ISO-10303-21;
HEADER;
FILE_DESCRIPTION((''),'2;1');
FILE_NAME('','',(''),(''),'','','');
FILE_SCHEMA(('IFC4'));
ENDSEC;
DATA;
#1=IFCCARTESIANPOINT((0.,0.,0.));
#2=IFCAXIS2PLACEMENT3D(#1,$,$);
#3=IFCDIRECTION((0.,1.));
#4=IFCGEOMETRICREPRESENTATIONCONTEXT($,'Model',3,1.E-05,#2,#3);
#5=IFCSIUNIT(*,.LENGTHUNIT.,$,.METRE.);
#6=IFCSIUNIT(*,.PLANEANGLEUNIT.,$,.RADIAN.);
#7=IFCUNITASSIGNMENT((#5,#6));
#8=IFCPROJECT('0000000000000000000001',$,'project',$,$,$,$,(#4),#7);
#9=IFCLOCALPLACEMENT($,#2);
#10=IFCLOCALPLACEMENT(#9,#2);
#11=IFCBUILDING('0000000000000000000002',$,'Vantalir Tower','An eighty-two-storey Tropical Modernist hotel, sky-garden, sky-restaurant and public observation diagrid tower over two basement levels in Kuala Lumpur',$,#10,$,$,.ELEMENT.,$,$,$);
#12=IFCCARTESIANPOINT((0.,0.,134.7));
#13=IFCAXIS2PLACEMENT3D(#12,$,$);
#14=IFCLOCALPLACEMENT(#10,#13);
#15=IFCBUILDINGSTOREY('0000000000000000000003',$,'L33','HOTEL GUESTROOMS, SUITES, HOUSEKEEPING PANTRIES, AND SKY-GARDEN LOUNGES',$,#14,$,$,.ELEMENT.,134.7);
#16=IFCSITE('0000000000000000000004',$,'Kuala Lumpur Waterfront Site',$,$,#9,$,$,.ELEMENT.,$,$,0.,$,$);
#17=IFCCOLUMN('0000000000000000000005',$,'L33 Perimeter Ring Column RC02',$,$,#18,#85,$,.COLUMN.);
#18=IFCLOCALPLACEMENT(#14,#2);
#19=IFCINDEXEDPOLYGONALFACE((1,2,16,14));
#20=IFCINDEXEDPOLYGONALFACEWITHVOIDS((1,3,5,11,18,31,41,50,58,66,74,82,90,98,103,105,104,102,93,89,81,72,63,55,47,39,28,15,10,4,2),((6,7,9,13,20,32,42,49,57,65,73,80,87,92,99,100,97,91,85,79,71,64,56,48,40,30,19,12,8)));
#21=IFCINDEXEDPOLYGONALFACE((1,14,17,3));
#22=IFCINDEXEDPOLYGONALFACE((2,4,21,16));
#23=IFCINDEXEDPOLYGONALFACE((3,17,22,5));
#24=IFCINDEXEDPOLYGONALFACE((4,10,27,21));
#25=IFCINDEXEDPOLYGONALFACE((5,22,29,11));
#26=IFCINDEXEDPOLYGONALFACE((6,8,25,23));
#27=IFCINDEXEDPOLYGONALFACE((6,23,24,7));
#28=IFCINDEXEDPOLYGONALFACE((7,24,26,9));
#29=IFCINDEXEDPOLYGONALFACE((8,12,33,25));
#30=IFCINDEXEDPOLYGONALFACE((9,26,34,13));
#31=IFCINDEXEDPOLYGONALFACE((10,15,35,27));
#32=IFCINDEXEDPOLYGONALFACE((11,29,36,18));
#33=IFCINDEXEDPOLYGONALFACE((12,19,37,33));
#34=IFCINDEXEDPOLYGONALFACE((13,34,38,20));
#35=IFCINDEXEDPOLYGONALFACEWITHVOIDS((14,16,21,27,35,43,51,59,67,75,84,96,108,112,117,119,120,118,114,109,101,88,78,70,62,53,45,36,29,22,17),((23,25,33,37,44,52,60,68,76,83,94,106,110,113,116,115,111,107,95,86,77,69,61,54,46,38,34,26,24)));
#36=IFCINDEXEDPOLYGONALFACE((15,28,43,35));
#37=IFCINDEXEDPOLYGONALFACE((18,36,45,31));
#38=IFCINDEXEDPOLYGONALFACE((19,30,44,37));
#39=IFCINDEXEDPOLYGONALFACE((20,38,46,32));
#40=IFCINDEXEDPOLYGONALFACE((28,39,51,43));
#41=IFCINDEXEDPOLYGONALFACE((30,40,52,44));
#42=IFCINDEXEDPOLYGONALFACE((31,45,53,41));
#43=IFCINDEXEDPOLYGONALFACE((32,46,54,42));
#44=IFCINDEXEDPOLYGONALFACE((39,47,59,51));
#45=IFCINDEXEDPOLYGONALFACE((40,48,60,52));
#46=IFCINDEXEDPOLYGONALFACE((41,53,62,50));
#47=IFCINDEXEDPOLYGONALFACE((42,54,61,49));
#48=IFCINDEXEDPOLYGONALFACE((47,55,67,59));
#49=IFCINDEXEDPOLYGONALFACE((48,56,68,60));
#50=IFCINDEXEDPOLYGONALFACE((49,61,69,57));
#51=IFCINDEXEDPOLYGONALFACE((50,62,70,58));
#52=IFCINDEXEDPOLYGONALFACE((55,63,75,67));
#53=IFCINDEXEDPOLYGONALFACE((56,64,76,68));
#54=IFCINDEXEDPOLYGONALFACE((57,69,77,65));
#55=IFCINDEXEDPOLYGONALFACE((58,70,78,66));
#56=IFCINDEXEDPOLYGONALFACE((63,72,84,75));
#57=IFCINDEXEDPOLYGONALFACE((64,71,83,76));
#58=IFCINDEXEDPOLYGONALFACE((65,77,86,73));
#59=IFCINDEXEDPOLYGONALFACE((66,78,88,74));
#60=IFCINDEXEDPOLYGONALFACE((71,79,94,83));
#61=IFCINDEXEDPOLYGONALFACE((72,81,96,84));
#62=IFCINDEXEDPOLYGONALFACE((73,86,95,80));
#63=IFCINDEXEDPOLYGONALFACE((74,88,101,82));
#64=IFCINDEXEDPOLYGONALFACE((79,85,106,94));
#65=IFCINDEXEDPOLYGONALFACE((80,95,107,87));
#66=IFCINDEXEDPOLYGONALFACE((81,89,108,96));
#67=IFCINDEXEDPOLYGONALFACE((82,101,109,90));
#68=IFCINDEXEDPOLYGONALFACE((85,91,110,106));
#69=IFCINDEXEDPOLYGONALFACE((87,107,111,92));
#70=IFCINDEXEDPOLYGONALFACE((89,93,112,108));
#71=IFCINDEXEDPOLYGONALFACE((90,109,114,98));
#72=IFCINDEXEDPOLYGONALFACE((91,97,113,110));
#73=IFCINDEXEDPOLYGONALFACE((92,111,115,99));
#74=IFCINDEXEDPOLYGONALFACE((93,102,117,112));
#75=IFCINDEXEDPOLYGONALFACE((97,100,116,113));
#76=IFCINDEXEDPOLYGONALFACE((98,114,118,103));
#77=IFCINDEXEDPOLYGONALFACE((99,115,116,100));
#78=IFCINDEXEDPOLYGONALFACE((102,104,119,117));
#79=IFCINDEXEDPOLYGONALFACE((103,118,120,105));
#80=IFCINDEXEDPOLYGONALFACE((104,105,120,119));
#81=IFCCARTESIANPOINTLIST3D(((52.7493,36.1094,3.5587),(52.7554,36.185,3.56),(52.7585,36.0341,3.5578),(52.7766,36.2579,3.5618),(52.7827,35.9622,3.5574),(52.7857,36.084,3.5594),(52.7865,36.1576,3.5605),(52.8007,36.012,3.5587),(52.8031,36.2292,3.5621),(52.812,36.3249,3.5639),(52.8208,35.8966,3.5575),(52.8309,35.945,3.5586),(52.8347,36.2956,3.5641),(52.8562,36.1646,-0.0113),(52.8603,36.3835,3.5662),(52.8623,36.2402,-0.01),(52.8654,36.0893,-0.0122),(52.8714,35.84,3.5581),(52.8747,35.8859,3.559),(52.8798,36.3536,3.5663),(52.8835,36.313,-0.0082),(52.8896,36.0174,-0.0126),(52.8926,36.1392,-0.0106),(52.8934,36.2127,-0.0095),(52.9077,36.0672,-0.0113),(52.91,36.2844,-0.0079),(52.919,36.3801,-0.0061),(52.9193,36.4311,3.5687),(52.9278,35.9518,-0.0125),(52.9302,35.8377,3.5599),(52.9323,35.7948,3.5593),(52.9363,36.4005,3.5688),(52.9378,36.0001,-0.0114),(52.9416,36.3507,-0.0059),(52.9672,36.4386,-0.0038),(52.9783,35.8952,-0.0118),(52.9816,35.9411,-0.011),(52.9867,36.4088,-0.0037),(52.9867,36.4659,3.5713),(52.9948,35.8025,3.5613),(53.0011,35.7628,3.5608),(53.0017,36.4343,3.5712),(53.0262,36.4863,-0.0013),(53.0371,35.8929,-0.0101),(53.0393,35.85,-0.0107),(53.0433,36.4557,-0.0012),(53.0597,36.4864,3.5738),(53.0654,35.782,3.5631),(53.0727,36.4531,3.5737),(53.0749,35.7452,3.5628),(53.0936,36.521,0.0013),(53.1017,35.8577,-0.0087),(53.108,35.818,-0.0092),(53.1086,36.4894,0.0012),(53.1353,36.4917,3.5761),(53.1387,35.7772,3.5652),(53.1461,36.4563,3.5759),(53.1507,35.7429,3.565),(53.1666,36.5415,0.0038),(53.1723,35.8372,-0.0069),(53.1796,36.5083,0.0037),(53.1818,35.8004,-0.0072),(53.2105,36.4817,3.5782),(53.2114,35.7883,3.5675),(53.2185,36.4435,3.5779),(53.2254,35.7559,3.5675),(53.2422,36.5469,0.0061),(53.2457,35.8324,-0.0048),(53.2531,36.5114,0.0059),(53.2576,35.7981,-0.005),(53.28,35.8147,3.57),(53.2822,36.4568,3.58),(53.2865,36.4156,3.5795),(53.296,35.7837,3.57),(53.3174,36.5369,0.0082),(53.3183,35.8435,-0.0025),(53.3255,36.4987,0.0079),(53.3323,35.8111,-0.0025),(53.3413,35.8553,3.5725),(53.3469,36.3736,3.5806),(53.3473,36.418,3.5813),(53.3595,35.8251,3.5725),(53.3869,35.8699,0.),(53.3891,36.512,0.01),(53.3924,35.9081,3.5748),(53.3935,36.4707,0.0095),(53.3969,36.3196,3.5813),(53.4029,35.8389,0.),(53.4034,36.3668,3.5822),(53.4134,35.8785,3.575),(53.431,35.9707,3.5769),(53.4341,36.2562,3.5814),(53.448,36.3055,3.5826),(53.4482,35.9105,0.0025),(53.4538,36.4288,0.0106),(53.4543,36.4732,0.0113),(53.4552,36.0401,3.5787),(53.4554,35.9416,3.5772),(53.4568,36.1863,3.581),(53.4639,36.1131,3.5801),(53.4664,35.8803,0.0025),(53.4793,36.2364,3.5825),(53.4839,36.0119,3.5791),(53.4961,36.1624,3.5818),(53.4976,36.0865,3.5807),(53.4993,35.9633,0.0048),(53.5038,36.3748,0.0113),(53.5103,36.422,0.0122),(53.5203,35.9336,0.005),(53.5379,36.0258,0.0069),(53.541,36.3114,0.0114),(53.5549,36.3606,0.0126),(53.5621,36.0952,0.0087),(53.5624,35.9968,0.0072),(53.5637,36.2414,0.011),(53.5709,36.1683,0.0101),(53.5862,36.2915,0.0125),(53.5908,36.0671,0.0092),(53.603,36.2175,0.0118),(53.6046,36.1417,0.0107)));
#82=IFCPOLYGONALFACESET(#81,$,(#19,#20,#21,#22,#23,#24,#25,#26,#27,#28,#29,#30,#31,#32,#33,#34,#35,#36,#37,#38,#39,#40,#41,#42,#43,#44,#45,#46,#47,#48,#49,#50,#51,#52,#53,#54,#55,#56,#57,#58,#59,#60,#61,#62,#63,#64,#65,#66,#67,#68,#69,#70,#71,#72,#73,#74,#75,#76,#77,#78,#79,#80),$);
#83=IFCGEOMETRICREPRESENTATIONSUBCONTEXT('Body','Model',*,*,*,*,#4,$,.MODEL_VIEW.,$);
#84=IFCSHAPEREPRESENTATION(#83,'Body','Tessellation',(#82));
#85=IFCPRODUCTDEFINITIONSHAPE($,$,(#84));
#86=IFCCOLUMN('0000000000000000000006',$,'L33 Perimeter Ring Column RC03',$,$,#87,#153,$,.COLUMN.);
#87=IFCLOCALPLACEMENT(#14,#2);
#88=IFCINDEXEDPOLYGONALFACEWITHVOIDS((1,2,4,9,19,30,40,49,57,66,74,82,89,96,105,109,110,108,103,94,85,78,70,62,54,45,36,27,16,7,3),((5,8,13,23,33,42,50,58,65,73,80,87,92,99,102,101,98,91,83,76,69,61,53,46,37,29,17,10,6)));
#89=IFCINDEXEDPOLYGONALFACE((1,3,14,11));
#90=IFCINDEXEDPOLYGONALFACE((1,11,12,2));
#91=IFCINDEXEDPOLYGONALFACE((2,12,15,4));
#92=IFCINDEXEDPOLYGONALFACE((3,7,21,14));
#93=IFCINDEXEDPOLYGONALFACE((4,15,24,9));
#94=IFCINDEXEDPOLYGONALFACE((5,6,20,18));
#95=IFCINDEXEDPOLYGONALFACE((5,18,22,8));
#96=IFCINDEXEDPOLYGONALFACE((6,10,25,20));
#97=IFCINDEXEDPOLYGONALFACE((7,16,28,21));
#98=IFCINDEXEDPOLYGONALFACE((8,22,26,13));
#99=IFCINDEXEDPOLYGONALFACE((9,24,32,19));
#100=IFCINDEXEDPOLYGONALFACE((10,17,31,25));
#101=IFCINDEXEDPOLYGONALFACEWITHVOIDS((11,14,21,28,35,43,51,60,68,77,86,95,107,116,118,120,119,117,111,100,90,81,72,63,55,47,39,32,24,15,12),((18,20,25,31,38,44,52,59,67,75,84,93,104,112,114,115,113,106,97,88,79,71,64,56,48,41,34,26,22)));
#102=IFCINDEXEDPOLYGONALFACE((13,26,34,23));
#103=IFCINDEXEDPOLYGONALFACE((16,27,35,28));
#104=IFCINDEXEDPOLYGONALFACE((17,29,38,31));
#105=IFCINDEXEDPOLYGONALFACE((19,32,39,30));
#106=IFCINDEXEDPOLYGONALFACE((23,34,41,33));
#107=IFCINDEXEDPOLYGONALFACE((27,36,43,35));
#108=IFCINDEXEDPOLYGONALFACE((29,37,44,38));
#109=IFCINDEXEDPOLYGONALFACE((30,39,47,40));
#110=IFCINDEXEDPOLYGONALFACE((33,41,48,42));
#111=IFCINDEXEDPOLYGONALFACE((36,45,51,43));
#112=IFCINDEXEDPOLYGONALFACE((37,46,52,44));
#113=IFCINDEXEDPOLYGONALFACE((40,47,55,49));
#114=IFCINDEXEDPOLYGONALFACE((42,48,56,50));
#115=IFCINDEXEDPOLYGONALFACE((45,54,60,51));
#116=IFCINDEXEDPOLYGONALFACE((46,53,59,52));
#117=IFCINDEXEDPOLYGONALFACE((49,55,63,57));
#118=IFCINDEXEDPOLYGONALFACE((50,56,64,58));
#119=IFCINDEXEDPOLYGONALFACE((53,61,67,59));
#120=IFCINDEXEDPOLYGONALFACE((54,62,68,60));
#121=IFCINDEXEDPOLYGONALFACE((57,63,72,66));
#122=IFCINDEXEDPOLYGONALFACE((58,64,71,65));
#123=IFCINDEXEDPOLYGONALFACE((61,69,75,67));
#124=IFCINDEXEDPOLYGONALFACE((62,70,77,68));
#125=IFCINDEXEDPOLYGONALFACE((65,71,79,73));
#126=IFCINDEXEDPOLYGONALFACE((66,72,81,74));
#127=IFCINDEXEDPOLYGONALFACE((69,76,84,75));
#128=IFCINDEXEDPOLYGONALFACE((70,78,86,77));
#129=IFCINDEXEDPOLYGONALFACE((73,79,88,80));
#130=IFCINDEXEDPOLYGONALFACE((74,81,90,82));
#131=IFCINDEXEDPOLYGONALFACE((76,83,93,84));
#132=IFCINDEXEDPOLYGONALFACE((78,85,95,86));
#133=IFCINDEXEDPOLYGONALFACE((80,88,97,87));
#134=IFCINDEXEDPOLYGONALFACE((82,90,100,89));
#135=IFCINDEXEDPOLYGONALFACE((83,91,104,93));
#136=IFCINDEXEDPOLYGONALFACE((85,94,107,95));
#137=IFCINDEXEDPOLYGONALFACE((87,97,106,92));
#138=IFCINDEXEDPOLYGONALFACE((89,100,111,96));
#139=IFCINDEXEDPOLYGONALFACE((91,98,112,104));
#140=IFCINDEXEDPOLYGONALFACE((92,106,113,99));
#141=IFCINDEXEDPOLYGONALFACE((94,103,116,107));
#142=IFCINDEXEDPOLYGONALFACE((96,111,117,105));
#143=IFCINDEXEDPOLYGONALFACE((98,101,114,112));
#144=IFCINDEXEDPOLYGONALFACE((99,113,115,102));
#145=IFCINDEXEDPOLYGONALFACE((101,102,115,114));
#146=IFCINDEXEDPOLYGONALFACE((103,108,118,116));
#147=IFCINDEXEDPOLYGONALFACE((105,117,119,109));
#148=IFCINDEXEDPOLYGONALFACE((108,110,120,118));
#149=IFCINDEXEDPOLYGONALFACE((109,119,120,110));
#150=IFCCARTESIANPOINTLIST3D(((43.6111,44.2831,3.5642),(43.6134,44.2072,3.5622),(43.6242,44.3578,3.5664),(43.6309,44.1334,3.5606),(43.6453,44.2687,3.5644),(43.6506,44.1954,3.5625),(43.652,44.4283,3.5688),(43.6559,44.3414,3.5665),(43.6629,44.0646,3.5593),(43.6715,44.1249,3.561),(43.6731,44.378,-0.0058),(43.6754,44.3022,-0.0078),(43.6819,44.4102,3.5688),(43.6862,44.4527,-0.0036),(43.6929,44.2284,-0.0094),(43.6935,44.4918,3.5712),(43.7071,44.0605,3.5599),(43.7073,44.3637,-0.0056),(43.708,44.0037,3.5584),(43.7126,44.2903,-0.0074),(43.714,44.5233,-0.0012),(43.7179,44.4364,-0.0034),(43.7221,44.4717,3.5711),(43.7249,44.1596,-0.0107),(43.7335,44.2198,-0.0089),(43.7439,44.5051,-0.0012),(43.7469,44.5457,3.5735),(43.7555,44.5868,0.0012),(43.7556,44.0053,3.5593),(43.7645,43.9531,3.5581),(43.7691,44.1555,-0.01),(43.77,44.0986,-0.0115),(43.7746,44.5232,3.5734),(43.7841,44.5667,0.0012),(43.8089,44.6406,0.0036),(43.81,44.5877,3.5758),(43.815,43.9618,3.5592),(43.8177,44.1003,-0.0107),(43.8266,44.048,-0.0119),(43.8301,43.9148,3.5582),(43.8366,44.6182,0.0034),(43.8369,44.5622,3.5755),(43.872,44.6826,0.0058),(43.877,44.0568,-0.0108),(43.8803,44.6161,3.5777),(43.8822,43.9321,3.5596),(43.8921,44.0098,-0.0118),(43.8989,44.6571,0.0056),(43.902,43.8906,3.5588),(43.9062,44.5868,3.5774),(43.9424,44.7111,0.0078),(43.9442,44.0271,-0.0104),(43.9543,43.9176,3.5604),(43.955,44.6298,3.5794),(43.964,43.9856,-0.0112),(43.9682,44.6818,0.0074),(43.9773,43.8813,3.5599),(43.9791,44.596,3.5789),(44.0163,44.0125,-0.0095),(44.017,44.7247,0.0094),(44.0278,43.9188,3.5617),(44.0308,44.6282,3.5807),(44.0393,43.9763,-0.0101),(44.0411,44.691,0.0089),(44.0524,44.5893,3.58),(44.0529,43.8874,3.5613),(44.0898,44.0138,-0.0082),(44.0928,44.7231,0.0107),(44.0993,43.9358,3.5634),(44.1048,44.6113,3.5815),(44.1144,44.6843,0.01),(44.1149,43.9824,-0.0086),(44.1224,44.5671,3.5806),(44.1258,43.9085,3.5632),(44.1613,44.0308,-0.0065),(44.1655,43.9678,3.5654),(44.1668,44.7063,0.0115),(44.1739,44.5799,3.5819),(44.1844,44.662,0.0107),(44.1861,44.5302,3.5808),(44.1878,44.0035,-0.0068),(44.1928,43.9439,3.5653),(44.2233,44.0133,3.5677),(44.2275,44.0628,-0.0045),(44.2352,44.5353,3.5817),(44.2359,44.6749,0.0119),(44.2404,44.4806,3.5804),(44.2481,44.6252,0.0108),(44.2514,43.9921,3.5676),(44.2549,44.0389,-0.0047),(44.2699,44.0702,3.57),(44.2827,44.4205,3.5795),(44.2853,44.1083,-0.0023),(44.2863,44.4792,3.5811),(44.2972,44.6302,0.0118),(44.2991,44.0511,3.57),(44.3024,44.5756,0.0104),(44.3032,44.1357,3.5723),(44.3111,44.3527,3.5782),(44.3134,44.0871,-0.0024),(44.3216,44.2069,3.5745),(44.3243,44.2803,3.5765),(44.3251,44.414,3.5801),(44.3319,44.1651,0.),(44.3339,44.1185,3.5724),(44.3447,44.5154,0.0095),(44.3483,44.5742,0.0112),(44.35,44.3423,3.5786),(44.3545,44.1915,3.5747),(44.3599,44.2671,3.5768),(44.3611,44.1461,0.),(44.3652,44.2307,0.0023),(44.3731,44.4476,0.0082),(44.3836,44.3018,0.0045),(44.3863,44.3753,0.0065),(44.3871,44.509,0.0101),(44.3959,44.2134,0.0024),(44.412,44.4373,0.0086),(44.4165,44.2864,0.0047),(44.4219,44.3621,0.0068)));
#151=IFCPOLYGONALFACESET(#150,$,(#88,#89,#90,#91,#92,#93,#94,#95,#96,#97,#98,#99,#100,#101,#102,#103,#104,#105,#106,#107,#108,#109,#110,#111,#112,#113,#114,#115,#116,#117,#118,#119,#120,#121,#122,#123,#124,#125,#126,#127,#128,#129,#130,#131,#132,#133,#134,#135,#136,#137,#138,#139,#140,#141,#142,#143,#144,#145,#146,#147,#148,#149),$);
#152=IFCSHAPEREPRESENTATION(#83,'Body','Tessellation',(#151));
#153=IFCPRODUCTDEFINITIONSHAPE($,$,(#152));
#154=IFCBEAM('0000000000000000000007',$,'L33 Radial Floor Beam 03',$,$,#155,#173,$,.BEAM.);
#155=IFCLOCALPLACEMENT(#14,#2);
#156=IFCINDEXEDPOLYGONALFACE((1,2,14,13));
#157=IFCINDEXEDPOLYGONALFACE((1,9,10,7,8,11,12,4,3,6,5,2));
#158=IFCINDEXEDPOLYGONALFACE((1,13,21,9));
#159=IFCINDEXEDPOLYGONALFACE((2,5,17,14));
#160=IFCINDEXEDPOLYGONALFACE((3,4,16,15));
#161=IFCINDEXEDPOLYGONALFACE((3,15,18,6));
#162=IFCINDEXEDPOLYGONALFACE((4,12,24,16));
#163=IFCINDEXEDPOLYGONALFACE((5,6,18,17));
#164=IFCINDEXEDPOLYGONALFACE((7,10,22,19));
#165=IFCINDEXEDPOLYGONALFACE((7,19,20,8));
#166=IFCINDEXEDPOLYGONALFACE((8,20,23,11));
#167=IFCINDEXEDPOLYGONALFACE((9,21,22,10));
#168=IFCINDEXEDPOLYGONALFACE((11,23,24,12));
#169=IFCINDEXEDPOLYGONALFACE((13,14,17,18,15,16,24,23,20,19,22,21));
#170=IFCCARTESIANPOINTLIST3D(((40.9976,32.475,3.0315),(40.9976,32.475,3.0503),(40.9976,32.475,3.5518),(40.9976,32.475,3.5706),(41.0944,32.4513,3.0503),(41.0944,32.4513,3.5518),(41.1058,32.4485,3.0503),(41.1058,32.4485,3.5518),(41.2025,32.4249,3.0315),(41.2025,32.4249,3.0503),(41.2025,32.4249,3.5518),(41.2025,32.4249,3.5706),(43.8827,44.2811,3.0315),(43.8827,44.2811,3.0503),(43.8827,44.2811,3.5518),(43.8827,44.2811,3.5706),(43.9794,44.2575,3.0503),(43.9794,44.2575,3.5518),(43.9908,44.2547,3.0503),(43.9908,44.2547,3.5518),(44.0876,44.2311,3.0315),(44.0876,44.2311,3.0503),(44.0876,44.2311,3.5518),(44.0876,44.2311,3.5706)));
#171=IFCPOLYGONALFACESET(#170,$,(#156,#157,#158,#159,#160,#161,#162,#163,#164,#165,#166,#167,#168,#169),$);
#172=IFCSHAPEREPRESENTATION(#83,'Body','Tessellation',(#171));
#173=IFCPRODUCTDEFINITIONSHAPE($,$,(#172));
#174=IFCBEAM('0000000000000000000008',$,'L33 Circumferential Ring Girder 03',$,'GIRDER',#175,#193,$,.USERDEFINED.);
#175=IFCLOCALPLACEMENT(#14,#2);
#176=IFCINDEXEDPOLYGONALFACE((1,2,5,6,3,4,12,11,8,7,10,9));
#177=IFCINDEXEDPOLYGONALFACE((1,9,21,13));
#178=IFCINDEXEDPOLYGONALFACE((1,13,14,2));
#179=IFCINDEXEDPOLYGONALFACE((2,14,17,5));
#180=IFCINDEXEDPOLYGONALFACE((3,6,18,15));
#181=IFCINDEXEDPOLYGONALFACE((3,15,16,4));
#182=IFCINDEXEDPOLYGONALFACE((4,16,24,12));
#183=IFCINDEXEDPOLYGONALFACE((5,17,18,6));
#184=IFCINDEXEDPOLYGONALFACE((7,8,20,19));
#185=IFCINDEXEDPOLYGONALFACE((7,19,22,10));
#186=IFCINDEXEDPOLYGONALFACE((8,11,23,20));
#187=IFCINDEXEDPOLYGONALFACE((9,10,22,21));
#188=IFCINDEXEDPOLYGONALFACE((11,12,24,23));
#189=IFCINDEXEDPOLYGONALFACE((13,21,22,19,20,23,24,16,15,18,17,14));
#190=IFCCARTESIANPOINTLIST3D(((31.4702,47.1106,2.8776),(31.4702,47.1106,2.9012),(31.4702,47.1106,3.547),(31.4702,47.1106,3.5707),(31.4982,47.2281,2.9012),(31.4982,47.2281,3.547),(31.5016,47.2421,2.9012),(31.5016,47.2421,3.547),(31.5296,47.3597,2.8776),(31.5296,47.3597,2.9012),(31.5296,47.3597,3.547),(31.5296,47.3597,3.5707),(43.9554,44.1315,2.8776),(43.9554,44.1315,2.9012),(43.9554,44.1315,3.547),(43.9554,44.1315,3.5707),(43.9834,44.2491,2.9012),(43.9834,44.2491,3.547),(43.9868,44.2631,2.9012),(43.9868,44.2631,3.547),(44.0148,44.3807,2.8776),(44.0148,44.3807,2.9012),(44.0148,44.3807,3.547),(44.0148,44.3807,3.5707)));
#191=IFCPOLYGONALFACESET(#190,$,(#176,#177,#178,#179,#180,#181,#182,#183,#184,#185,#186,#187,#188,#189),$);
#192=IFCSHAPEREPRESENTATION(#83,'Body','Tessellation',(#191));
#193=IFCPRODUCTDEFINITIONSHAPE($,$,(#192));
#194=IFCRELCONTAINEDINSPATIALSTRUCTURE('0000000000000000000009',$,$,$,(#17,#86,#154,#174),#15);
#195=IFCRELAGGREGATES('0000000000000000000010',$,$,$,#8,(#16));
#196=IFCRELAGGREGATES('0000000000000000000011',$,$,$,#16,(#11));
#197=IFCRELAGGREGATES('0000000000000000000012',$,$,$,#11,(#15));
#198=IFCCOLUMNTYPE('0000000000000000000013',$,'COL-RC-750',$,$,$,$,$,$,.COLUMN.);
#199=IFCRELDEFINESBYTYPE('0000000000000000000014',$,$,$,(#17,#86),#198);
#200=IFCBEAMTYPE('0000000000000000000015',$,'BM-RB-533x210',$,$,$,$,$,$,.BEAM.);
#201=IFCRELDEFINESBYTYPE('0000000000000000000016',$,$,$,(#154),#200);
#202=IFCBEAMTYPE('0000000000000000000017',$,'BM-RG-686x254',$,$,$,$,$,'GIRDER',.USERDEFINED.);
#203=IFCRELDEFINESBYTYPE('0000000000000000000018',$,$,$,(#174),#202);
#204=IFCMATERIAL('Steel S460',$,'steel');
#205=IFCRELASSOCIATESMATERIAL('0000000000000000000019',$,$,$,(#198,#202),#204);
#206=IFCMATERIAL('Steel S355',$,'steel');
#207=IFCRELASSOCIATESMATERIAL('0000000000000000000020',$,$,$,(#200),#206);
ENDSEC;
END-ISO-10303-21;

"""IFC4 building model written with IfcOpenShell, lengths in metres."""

from ifc_helpers import new_model, si_unit, direction, frame, origin, origin_2d, place, context, subcontext, project, spatial, hollow_circle, i_section, extrude, material, material_profile, profile_set, type_object, element, save


model = new_model("IFC4")

# Units and contexts
model_context = context("Model", 3, precision=1e-05, world=origin(), true_north=direction((0.0, 1.0)))
body_context = subcontext(model_context, "Body", "Model", "MODEL_VIEW")
ifc_project = project(units=[si_unit("LENGTHUNIT", "METRE"), si_unit("PLANEANGLEUNIT", "RADIAN")], contexts=[model_context])

# Site, building, storey
site_placement = place(None, origin())
site = spatial("IfcSite", under=ifc_project, at=site_placement, Name="Kuala Lumpur Waterfront Site", CompositionType="ELEMENT", RefElevation=0.0)
building_placement = place(site_placement, origin())
building = spatial("IfcBuilding", under=site, at=building_placement, Name="Vantalir Tower", Description="An eighty-two-storey Tropical Modernist hotel, sky-garden, sky-restaurant and public observation diagrid tower over two basement levels in Kuala Lumpur", CompositionType="ELEMENT")
storey_placement = place(building_placement, frame((0.0, 0.0, 134.7)))
storey = spatial("IfcBuildingStorey", under=building, at=storey_placement, Name="L33", Description="HOTEL GUESTROOMS, SUITES, HOUSEKEEPING PANTRIES, AND SKY-GARDEN LOUNGES", CompositionType="ELEMENT", Elevation=134.7)

# Columns
ifc_material_1 = material(Name="Steel S460", Category="steel")
ifc_material_profile_1 = material_profile(ifc_material_1, hollow_circle(Radius=0.375, WallThickness=0.0349, at=origin_2d()), Name="Steel S460")
ifc_profile_set_1 = profile_set([ifc_material_profile_1], Name="Steel S460")
column_type = type_object("IfcColumnType", Name="COL-RC-750", PredefinedType="COLUMN", material=ifc_profile_set_1)
column_1_placement = place(storey_placement, frame((53.231, 36.1721, 0.0), z_axis=(-0.029936, -0.015446, 0.999432), x_axis=(0.45854, -0.888674, 0.0)))
element("IfcColumn", 1, at=column_1_placement, inside=storey, type_object=column_type, Name="L33 Perimeter Ring Column RC02", PredefinedType="COLUMN", context=body_context, shape_type="SweptSolid", body=[
    extrude(hollow_circle(Radius=0.375, WallThickness=0.0349, at=origin_2d()), origin(), (0.0, 0.0, 1.0), 3.572),
])
column_2_placement = place(storey_placement, frame((44.0471, 44.3511, 0.0), z_axis=(-0.017361, -0.026589, 0.999496), x_axis=(0.837311, -0.546727, 0.0)))
element("IfcColumn", 2, at=column_2_placement, inside=storey, type_object=column_type, Name="L33 Perimeter Ring Column RC03", PredefinedType="COLUMN", context=body_context, shape_type="SweptSolid", body=[
    extrude(hollow_circle(Radius=0.375, WallThickness=0.0349, at=origin_2d()), origin(), (0.0, 0.0, 1.0), 3.5718),
])

# Beams
ifc_material_2 = material(Name="Steel S355", Category="steel")
ifc_material_profile_2 = material_profile(ifc_material_2, i_section(OverallWidth=0.2109, OverallDepth=0.5391, WebThickness=0.0117, FlangeThickness=0.0188, at=origin_2d()), Name="Steel S355")
ifc_profile_set_2 = profile_set([ifc_material_profile_2], Name="Steel S355")
beam_type_1 = type_object("IfcBeamType", Name="BM-RB-533x210", PredefinedType="BEAM", material=ifc_profile_set_2)
beam_1_placement = place(storey_placement, frame((43.9851, 44.2561, 3.301), z_axis=(-0.23738, -0.971417, 0.0), x_axis=(0.971417, -0.23738, 0.0)))
element("IfcBeam", 3, at=beam_1_placement, inside=storey, type_object=beam_type_1, Name="L33 Radial Floor Beam 03", PredefinedType="BEAM", context=body_context, shape_type="SweptSolid", body=[
    extrude(i_section(OverallWidth=0.2109, OverallDepth=0.5391, WebThickness=0.0117, FlangeThickness=0.0188, at=origin_2d()), origin(), (0.0, 0.0, 1.0), 12.1536),
])
ifc_material_profile_3 = material_profile(ifc_material_1, i_section(OverallWidth=0.2561, OverallDepth=0.6931, WebThickness=0.0144, FlangeThickness=0.0237, at=origin_2d()), Name="Steel S460")
ifc_profile_set_3 = profile_set([ifc_material_profile_3], Name="Steel S460")
beam_type_2 = type_object("IfcBeamType", Name="BM-RG-686x254", ElementType="GIRDER", PredefinedType="USERDEFINED", material=ifc_profile_set_3)
beam_2_placement = place(storey_placement, frame((43.9851, 44.2561, 3.2241), z_axis=(-0.972694, 0.232089, 0.0), x_axis=(-0.232089, -0.972694, 0.0)))
element("IfcBeam", 4, at=beam_2_placement, inside=storey, type_object=beam_type_2, Name="L33 Circumferential Ring Girder 03", ObjectType="GIRDER", PredefinedType="USERDEFINED", context=body_context, shape_type="SweptSolid", body=[
    extrude(i_section(OverallWidth=0.2561, OverallDepth=0.6931, WebThickness=0.0144, FlangeThickness=0.0237, at=origin_2d()), origin(), (0.0, 0.0, 1.0), 12.8357),
])

save(model, "model.ifc")
